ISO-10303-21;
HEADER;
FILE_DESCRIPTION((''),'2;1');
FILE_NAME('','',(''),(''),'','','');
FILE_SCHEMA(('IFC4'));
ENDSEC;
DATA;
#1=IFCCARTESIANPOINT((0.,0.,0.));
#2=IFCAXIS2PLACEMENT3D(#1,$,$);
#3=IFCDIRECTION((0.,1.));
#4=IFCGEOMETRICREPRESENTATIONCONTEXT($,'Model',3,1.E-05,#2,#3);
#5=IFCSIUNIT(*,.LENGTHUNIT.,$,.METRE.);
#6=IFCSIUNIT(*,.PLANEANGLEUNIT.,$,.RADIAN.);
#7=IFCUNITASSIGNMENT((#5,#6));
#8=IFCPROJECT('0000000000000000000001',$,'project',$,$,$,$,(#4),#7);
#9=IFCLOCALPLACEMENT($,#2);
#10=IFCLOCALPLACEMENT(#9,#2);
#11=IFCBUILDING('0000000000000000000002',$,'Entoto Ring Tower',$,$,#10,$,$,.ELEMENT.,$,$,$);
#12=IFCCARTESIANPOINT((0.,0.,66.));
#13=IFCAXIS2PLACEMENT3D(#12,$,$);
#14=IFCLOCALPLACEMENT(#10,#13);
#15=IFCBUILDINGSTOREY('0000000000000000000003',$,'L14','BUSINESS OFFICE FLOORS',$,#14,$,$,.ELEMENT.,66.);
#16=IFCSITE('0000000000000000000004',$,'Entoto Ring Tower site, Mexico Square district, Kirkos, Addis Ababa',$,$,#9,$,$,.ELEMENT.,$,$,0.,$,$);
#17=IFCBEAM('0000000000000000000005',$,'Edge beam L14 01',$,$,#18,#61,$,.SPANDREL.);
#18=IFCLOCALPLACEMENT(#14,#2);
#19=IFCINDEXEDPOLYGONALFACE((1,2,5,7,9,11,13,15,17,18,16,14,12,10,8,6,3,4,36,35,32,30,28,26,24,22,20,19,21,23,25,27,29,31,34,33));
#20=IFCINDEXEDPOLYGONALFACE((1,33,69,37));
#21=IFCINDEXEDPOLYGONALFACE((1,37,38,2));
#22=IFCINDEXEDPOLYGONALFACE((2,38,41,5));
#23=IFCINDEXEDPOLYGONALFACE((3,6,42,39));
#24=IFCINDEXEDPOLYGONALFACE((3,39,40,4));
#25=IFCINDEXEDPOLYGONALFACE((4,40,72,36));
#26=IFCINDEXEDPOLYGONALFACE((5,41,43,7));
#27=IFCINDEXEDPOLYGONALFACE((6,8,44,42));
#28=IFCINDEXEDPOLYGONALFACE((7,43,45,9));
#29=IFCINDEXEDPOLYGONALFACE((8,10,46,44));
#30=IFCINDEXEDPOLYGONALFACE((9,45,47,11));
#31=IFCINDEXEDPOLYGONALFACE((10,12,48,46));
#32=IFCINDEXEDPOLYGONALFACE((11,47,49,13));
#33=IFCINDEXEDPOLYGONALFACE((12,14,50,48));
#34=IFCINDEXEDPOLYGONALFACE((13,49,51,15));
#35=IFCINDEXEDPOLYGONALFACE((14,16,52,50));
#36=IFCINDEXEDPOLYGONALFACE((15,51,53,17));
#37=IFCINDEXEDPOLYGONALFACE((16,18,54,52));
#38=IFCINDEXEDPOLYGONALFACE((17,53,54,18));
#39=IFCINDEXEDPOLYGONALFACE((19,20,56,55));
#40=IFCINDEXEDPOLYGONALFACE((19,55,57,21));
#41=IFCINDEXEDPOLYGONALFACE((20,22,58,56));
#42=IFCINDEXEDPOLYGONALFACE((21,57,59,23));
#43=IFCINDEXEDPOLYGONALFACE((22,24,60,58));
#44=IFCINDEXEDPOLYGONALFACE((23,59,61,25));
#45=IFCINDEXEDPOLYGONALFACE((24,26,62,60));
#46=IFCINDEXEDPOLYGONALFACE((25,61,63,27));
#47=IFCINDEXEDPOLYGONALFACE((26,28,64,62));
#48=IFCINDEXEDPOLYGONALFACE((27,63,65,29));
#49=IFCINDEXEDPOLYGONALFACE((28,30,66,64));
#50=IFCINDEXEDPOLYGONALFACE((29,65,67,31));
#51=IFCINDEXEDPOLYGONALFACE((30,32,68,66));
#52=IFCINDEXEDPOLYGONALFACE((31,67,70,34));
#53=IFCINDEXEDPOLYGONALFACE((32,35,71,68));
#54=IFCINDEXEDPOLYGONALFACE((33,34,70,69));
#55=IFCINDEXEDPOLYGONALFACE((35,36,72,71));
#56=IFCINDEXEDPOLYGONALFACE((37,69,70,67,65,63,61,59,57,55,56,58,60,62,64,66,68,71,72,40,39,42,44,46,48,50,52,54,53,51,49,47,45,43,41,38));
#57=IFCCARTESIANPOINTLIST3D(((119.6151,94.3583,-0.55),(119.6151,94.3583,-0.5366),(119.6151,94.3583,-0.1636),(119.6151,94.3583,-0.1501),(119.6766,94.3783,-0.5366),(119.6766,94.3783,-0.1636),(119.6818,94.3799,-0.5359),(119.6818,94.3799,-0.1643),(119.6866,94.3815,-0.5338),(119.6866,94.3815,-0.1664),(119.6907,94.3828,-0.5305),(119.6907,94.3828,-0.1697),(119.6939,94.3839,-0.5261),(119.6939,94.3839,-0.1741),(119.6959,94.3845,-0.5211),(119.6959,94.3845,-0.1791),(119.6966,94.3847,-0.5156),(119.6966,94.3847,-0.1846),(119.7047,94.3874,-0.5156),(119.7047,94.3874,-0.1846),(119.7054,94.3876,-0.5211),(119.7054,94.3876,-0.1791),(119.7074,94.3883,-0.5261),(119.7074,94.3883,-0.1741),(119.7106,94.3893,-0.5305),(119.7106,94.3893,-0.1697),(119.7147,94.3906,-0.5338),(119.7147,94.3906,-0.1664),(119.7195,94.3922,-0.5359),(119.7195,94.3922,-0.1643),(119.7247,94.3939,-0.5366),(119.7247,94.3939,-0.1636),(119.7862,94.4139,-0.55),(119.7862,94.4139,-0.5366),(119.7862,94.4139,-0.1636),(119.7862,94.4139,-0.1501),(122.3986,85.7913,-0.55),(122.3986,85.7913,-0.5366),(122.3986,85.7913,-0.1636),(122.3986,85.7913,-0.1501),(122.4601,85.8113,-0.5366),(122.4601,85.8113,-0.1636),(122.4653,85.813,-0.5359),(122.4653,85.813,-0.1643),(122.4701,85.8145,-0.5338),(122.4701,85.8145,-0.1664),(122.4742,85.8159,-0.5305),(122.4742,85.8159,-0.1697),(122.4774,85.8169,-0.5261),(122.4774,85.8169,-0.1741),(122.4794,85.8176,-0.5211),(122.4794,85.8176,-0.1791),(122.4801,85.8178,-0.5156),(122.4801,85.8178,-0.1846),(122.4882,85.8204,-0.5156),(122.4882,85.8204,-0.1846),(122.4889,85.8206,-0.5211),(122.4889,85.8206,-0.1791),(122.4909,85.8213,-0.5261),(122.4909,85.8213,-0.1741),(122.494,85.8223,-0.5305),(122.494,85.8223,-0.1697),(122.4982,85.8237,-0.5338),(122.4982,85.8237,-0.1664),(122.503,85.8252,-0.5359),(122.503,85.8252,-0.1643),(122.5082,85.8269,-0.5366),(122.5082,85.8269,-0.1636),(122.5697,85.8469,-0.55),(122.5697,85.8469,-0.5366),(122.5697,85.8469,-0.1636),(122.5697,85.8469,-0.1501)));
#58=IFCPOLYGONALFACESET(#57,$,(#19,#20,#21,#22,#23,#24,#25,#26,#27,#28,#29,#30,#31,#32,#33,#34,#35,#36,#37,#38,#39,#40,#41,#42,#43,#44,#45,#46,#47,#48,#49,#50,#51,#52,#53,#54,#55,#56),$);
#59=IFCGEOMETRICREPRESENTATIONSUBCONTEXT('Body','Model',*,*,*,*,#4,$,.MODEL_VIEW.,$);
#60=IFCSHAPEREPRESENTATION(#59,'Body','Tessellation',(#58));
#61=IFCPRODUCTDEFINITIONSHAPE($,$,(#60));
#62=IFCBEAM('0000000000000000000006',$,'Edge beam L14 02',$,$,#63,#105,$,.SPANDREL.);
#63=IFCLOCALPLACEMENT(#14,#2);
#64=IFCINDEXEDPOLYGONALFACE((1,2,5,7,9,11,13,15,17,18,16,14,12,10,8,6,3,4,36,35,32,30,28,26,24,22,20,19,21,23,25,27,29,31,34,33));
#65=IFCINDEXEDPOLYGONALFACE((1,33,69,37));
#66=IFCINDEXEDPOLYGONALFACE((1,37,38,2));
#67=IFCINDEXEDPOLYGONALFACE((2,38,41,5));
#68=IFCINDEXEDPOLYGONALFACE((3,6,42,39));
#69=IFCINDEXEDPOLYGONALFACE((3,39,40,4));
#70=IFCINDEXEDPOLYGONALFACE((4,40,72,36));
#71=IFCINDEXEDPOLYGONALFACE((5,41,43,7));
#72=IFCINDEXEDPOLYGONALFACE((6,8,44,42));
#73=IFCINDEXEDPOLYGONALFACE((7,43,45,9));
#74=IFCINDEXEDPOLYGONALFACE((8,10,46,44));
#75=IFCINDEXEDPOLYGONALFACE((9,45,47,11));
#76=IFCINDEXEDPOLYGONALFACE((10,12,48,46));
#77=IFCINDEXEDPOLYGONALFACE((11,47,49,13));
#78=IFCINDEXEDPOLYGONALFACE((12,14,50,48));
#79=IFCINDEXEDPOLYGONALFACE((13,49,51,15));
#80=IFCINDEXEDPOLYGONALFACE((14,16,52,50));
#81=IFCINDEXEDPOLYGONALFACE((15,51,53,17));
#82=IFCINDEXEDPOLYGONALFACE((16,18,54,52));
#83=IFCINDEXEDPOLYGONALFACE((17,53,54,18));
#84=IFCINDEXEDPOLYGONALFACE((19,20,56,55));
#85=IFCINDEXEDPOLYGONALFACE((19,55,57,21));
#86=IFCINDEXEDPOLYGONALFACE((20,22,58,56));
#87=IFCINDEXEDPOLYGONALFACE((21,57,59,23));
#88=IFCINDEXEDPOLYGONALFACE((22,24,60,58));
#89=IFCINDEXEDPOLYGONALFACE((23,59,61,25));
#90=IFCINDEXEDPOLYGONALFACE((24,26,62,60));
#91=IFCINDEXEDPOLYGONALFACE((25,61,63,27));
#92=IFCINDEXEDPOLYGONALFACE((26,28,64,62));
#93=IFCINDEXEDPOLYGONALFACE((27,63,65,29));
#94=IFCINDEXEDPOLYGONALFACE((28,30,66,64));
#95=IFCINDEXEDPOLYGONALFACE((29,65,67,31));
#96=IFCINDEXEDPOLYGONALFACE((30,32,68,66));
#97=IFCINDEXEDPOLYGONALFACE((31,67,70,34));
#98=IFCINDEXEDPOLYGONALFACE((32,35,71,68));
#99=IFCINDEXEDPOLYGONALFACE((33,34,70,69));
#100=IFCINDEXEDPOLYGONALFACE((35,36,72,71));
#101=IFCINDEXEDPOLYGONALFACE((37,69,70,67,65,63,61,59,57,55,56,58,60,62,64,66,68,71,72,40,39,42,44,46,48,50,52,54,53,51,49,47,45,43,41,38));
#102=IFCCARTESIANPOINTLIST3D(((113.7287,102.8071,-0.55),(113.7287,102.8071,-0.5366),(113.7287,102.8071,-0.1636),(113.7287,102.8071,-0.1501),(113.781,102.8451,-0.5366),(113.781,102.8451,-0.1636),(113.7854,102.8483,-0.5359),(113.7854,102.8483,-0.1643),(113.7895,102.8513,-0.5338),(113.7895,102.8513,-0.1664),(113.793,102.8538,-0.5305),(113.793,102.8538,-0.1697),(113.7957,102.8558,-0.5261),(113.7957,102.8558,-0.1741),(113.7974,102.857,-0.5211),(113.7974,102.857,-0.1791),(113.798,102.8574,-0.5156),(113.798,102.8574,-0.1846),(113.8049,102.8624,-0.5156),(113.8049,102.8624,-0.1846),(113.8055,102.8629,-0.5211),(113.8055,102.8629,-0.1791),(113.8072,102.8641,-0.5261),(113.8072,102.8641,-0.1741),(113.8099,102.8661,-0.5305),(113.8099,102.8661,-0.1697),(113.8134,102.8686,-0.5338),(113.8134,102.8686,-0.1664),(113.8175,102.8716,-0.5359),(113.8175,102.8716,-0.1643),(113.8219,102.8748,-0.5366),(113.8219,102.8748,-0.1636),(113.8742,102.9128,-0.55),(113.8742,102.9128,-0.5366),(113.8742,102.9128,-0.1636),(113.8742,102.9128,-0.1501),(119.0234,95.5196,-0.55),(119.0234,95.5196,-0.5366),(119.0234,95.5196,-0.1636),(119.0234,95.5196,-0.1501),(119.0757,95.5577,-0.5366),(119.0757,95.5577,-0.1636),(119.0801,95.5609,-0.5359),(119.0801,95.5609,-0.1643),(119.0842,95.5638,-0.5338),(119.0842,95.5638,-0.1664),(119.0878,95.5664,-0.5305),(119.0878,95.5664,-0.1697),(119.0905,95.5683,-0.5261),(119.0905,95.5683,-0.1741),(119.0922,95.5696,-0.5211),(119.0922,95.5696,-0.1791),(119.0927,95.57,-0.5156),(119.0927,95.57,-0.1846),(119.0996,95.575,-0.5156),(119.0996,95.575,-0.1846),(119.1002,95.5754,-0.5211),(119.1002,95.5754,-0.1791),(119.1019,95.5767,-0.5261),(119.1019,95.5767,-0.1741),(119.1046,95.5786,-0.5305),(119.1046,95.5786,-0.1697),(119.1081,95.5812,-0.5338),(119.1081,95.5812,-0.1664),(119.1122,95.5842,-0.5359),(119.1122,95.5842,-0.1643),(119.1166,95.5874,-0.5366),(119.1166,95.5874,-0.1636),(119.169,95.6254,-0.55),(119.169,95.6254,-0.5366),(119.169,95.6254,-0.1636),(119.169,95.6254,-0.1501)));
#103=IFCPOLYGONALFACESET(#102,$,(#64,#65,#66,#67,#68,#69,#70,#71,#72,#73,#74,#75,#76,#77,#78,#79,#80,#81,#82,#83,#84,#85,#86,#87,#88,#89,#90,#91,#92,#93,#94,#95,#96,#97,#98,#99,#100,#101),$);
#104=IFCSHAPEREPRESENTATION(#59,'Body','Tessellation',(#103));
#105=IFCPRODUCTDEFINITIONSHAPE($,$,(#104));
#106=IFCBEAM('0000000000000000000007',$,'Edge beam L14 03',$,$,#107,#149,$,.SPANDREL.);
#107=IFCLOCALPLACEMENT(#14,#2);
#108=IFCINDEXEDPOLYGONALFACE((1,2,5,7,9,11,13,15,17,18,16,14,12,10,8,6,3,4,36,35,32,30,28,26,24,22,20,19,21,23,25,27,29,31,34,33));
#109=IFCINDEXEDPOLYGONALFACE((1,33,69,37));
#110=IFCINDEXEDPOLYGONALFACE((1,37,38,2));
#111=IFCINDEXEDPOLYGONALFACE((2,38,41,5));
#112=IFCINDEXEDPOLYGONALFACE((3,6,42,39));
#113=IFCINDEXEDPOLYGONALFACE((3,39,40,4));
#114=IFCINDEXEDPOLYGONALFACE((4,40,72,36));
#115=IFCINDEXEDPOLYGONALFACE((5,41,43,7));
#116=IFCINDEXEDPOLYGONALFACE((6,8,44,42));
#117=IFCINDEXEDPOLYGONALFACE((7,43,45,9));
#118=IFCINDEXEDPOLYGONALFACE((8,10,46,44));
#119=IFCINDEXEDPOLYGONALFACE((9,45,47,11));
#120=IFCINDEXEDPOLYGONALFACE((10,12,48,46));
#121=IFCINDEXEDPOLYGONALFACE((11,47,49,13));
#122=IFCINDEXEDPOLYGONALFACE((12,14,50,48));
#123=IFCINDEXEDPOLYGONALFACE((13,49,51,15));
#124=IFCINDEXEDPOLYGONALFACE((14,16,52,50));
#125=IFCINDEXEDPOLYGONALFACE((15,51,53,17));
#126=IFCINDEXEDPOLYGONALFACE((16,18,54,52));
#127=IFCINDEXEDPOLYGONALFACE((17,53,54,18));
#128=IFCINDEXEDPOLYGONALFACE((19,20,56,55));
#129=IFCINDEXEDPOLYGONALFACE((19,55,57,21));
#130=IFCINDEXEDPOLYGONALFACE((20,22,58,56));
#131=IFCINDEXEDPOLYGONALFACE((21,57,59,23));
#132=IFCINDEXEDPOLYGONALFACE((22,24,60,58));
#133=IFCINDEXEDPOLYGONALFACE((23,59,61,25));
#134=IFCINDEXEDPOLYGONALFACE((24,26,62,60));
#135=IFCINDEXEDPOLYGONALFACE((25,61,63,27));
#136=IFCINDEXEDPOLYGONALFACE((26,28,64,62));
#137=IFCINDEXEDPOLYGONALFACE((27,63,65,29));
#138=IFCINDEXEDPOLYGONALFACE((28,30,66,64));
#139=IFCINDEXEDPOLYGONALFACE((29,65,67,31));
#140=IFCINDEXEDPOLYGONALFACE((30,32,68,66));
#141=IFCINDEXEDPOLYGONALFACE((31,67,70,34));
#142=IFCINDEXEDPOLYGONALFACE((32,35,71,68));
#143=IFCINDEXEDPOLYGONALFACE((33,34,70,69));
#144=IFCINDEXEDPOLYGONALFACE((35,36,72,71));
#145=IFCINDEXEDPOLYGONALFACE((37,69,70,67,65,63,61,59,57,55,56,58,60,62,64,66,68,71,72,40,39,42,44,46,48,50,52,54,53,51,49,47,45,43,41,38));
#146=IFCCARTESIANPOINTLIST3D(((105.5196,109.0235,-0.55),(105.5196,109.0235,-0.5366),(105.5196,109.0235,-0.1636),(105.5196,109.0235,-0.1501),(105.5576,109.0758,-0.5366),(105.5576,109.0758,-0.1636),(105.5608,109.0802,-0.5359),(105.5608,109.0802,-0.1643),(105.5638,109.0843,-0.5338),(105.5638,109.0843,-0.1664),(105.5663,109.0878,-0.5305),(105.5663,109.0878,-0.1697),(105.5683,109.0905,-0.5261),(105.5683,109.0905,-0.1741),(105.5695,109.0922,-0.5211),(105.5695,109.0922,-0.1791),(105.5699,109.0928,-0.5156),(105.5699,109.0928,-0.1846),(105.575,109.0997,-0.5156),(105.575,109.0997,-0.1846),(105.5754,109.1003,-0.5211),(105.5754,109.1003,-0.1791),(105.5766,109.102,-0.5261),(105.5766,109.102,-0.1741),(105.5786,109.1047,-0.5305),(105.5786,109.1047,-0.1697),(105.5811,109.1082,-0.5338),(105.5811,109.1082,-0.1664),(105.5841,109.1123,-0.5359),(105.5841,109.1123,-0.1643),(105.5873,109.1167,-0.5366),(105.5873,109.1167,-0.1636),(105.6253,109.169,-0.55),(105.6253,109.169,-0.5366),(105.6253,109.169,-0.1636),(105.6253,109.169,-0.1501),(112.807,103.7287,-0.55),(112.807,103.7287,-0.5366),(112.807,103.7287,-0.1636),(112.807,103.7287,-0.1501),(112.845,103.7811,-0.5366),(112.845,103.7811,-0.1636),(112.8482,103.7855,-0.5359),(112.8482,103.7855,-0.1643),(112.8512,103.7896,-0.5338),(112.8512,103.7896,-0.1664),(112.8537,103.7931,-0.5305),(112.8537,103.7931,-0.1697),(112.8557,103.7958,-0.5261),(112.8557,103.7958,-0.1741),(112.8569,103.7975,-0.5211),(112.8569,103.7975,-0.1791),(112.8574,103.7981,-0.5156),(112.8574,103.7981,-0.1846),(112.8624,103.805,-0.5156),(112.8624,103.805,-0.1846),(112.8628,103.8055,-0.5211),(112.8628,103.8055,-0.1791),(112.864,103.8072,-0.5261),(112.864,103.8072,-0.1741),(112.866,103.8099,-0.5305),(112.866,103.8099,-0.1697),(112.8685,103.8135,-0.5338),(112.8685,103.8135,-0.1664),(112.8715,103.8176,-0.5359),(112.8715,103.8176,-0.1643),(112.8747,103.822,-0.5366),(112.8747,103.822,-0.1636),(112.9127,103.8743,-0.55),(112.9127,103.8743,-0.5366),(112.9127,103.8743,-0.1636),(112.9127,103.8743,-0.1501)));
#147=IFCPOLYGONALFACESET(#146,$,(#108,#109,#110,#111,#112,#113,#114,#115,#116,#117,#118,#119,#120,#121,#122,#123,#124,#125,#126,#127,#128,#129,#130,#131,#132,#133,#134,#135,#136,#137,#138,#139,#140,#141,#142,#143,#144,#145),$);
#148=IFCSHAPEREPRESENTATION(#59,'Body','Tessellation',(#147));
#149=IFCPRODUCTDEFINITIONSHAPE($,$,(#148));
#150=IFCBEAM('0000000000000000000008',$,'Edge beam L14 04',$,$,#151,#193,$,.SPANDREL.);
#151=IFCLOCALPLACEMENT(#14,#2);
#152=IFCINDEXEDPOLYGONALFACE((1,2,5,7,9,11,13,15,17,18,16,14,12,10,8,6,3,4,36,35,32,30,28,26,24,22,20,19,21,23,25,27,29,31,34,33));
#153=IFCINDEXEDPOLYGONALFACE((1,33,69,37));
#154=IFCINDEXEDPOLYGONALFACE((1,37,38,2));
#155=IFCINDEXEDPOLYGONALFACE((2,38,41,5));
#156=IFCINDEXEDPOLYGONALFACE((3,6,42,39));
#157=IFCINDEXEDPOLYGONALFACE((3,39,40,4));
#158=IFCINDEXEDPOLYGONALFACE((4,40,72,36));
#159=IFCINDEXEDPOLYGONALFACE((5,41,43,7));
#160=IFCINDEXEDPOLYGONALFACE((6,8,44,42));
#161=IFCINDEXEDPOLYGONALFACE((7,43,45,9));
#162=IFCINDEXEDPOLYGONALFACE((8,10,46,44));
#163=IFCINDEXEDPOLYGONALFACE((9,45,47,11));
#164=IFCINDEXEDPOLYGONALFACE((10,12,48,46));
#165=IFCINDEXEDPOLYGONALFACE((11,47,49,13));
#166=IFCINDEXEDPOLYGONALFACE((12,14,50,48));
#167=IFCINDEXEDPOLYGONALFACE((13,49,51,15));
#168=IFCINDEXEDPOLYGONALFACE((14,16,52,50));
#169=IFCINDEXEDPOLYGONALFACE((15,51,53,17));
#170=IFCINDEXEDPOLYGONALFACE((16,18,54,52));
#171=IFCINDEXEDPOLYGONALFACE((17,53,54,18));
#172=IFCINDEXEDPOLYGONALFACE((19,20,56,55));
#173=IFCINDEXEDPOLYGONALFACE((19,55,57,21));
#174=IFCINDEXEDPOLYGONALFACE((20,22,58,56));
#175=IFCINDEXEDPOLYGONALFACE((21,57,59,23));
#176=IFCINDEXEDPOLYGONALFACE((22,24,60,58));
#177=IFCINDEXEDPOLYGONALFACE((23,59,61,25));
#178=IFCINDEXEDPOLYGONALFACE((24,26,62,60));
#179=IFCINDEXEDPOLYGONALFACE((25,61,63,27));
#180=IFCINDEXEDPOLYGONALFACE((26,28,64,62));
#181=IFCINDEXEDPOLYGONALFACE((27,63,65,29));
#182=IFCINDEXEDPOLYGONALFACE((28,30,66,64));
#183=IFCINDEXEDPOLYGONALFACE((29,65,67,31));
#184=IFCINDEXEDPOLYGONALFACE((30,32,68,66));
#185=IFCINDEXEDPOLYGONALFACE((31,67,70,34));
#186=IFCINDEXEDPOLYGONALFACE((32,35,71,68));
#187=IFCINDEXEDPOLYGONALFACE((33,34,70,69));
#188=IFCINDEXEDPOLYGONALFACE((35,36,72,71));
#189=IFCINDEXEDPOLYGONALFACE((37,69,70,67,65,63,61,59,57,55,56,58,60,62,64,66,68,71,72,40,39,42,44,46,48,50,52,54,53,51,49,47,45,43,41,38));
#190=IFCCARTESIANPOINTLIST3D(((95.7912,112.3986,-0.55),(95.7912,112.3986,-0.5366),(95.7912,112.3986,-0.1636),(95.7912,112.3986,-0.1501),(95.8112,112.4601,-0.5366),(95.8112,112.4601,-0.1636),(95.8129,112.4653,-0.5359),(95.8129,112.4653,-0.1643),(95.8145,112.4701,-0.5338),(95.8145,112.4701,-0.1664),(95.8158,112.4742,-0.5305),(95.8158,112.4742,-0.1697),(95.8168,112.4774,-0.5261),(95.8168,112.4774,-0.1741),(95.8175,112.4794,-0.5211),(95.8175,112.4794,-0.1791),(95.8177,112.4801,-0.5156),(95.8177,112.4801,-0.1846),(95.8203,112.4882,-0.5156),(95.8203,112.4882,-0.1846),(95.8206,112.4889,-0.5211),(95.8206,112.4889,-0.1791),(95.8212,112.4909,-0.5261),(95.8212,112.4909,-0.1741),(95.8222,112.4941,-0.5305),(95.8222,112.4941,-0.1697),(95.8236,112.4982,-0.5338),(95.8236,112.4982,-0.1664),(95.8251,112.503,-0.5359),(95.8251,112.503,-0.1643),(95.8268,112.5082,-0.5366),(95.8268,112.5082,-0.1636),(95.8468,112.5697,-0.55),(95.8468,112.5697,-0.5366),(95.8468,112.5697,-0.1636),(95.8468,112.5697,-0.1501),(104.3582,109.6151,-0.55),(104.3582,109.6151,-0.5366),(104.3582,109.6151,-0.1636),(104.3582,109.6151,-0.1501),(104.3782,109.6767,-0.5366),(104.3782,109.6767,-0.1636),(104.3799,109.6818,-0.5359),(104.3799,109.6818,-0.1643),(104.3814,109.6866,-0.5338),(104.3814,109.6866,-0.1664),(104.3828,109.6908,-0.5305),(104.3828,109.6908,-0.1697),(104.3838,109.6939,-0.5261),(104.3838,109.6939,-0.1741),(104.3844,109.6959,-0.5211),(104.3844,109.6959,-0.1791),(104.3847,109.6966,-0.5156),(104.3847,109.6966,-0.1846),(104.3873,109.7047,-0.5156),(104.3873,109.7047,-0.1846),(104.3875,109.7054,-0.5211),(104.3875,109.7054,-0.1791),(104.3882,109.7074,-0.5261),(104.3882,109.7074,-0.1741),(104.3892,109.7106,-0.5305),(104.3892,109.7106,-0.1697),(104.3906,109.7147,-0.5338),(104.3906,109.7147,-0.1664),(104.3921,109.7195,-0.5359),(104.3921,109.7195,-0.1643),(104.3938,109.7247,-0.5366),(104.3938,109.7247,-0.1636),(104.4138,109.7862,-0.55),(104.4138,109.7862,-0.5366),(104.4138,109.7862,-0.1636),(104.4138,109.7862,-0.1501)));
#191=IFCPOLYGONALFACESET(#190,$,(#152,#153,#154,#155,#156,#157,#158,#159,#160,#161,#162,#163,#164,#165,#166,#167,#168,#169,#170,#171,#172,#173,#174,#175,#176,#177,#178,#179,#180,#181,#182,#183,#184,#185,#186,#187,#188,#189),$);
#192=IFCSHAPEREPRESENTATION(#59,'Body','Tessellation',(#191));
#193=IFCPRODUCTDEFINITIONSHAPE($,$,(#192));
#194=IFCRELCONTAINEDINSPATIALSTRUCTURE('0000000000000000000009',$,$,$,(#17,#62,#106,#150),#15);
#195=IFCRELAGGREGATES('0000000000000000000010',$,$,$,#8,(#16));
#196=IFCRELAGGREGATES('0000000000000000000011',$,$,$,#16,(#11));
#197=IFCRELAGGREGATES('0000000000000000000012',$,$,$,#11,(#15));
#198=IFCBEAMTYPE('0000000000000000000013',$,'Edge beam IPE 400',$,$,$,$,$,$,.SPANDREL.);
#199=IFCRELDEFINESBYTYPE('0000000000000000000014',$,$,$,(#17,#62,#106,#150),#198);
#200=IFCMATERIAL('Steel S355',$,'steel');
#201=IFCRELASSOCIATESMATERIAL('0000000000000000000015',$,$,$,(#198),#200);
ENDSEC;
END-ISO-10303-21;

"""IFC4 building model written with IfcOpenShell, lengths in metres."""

from ifc_helpers import new_model, si_unit, direction, frame, origin, origin_2d, place, context, subcontext, project, spatial, i_section, extrude, material, material_profile, profile_set, type_object, element, save


model = new_model("IFC4")

# Units and contexts
model_context = context("Model", 3, precision=1e-05, world=origin(), true_north=direction((0.0, 1.0)))
body_context = subcontext(model_context, "Body", "Model", "MODEL_VIEW")
ifc_project = project(units=[si_unit("LENGTHUNIT", "METRE"), si_unit("PLANEANGLEUNIT", "RADIAN")], contexts=[model_context])

# Site, building, storey
site_placement = place(None, origin())
site = spatial("IfcSite", under=ifc_project, at=site_placement, Name="Entoto Ring Tower site, Mexico Square district, Kirkos, Addis Ababa", CompositionType="ELEMENT", RefElevation=0.0)
building_placement = place(site_placement, origin())
building = spatial("IfcBuilding", under=site, at=building_placement, Name="Entoto Ring Tower", CompositionType="ELEMENT")
storey_placement = place(building_placement, frame((0.0, 0.0, 66.0)))
storey = spatial("IfcBuildingStorey", under=building, at=storey_placement, Name="L14", Description="BUSINESS OFFICE FLOORS", CompositionType="ELEMENT", Elevation=66.0)

# Beams
ifc_material_1 = material(Name="Steel S355", Category="steel")
ifc_material_profile_1 = material_profile(ifc_material_1, i_section(OverallWidth=0.1799, OverallDepth=0.3999, WebThickness=0.0085, FlangeThickness=0.0134, FilletRadius=0.021, at=origin_2d()), Name="IPE 400")
ifc_profile_set_1 = profile_set([ifc_material_profile_1], Name="Steel S355")
beam_type_1 = type_object("IfcBeamType", Name="Edge beam IPE 400", PredefinedType="SPANDREL", material=ifc_profile_set_1)
for number, where, z_axis, x_axis, name in (
    (1, (122.4841, 85.8191, -0.3501), (-0.309006, 0.95106, 0.0), (-0.95106, -0.309006, 0.0), "Edge beam L14 01"),
    (2, (119.0962, 95.5725, -0.3501), (-0.587793, 0.809011, 0.0), (-0.809011, -0.587793, 0.0), "Edge beam L14 02"),
    (3, (112.8599, 103.8015, -0.3501), (-0.809011, 0.587793, 0.0), (-0.587793, -0.809011, 0.0), "Edge beam L14 03"),
    (4, (104.386, 109.7007, -0.3501), (-0.95106, 0.309006, 0.0), (-0.309006, -0.95106, 0.0), "Edge beam L14 04"),
):
    element("IfcBeam", number, at=place(storey_placement, frame(where, z_axis=z_axis, x_axis=x_axis)), inside=storey, type_object=beam_type_1, Name=name, PredefinedType="SPANDREL", context=body_context, shape_type="SweptSolid", body=[
        extrude(i_section(OverallWidth=0.1799, OverallDepth=0.3999, WebThickness=0.0085, FlangeThickness=0.0134, FilletRadius=0.021, at=origin_2d()), origin(), (0.0, 0.0, 1.0), 9.0078),
    ])

save(model, "model.ifc")
